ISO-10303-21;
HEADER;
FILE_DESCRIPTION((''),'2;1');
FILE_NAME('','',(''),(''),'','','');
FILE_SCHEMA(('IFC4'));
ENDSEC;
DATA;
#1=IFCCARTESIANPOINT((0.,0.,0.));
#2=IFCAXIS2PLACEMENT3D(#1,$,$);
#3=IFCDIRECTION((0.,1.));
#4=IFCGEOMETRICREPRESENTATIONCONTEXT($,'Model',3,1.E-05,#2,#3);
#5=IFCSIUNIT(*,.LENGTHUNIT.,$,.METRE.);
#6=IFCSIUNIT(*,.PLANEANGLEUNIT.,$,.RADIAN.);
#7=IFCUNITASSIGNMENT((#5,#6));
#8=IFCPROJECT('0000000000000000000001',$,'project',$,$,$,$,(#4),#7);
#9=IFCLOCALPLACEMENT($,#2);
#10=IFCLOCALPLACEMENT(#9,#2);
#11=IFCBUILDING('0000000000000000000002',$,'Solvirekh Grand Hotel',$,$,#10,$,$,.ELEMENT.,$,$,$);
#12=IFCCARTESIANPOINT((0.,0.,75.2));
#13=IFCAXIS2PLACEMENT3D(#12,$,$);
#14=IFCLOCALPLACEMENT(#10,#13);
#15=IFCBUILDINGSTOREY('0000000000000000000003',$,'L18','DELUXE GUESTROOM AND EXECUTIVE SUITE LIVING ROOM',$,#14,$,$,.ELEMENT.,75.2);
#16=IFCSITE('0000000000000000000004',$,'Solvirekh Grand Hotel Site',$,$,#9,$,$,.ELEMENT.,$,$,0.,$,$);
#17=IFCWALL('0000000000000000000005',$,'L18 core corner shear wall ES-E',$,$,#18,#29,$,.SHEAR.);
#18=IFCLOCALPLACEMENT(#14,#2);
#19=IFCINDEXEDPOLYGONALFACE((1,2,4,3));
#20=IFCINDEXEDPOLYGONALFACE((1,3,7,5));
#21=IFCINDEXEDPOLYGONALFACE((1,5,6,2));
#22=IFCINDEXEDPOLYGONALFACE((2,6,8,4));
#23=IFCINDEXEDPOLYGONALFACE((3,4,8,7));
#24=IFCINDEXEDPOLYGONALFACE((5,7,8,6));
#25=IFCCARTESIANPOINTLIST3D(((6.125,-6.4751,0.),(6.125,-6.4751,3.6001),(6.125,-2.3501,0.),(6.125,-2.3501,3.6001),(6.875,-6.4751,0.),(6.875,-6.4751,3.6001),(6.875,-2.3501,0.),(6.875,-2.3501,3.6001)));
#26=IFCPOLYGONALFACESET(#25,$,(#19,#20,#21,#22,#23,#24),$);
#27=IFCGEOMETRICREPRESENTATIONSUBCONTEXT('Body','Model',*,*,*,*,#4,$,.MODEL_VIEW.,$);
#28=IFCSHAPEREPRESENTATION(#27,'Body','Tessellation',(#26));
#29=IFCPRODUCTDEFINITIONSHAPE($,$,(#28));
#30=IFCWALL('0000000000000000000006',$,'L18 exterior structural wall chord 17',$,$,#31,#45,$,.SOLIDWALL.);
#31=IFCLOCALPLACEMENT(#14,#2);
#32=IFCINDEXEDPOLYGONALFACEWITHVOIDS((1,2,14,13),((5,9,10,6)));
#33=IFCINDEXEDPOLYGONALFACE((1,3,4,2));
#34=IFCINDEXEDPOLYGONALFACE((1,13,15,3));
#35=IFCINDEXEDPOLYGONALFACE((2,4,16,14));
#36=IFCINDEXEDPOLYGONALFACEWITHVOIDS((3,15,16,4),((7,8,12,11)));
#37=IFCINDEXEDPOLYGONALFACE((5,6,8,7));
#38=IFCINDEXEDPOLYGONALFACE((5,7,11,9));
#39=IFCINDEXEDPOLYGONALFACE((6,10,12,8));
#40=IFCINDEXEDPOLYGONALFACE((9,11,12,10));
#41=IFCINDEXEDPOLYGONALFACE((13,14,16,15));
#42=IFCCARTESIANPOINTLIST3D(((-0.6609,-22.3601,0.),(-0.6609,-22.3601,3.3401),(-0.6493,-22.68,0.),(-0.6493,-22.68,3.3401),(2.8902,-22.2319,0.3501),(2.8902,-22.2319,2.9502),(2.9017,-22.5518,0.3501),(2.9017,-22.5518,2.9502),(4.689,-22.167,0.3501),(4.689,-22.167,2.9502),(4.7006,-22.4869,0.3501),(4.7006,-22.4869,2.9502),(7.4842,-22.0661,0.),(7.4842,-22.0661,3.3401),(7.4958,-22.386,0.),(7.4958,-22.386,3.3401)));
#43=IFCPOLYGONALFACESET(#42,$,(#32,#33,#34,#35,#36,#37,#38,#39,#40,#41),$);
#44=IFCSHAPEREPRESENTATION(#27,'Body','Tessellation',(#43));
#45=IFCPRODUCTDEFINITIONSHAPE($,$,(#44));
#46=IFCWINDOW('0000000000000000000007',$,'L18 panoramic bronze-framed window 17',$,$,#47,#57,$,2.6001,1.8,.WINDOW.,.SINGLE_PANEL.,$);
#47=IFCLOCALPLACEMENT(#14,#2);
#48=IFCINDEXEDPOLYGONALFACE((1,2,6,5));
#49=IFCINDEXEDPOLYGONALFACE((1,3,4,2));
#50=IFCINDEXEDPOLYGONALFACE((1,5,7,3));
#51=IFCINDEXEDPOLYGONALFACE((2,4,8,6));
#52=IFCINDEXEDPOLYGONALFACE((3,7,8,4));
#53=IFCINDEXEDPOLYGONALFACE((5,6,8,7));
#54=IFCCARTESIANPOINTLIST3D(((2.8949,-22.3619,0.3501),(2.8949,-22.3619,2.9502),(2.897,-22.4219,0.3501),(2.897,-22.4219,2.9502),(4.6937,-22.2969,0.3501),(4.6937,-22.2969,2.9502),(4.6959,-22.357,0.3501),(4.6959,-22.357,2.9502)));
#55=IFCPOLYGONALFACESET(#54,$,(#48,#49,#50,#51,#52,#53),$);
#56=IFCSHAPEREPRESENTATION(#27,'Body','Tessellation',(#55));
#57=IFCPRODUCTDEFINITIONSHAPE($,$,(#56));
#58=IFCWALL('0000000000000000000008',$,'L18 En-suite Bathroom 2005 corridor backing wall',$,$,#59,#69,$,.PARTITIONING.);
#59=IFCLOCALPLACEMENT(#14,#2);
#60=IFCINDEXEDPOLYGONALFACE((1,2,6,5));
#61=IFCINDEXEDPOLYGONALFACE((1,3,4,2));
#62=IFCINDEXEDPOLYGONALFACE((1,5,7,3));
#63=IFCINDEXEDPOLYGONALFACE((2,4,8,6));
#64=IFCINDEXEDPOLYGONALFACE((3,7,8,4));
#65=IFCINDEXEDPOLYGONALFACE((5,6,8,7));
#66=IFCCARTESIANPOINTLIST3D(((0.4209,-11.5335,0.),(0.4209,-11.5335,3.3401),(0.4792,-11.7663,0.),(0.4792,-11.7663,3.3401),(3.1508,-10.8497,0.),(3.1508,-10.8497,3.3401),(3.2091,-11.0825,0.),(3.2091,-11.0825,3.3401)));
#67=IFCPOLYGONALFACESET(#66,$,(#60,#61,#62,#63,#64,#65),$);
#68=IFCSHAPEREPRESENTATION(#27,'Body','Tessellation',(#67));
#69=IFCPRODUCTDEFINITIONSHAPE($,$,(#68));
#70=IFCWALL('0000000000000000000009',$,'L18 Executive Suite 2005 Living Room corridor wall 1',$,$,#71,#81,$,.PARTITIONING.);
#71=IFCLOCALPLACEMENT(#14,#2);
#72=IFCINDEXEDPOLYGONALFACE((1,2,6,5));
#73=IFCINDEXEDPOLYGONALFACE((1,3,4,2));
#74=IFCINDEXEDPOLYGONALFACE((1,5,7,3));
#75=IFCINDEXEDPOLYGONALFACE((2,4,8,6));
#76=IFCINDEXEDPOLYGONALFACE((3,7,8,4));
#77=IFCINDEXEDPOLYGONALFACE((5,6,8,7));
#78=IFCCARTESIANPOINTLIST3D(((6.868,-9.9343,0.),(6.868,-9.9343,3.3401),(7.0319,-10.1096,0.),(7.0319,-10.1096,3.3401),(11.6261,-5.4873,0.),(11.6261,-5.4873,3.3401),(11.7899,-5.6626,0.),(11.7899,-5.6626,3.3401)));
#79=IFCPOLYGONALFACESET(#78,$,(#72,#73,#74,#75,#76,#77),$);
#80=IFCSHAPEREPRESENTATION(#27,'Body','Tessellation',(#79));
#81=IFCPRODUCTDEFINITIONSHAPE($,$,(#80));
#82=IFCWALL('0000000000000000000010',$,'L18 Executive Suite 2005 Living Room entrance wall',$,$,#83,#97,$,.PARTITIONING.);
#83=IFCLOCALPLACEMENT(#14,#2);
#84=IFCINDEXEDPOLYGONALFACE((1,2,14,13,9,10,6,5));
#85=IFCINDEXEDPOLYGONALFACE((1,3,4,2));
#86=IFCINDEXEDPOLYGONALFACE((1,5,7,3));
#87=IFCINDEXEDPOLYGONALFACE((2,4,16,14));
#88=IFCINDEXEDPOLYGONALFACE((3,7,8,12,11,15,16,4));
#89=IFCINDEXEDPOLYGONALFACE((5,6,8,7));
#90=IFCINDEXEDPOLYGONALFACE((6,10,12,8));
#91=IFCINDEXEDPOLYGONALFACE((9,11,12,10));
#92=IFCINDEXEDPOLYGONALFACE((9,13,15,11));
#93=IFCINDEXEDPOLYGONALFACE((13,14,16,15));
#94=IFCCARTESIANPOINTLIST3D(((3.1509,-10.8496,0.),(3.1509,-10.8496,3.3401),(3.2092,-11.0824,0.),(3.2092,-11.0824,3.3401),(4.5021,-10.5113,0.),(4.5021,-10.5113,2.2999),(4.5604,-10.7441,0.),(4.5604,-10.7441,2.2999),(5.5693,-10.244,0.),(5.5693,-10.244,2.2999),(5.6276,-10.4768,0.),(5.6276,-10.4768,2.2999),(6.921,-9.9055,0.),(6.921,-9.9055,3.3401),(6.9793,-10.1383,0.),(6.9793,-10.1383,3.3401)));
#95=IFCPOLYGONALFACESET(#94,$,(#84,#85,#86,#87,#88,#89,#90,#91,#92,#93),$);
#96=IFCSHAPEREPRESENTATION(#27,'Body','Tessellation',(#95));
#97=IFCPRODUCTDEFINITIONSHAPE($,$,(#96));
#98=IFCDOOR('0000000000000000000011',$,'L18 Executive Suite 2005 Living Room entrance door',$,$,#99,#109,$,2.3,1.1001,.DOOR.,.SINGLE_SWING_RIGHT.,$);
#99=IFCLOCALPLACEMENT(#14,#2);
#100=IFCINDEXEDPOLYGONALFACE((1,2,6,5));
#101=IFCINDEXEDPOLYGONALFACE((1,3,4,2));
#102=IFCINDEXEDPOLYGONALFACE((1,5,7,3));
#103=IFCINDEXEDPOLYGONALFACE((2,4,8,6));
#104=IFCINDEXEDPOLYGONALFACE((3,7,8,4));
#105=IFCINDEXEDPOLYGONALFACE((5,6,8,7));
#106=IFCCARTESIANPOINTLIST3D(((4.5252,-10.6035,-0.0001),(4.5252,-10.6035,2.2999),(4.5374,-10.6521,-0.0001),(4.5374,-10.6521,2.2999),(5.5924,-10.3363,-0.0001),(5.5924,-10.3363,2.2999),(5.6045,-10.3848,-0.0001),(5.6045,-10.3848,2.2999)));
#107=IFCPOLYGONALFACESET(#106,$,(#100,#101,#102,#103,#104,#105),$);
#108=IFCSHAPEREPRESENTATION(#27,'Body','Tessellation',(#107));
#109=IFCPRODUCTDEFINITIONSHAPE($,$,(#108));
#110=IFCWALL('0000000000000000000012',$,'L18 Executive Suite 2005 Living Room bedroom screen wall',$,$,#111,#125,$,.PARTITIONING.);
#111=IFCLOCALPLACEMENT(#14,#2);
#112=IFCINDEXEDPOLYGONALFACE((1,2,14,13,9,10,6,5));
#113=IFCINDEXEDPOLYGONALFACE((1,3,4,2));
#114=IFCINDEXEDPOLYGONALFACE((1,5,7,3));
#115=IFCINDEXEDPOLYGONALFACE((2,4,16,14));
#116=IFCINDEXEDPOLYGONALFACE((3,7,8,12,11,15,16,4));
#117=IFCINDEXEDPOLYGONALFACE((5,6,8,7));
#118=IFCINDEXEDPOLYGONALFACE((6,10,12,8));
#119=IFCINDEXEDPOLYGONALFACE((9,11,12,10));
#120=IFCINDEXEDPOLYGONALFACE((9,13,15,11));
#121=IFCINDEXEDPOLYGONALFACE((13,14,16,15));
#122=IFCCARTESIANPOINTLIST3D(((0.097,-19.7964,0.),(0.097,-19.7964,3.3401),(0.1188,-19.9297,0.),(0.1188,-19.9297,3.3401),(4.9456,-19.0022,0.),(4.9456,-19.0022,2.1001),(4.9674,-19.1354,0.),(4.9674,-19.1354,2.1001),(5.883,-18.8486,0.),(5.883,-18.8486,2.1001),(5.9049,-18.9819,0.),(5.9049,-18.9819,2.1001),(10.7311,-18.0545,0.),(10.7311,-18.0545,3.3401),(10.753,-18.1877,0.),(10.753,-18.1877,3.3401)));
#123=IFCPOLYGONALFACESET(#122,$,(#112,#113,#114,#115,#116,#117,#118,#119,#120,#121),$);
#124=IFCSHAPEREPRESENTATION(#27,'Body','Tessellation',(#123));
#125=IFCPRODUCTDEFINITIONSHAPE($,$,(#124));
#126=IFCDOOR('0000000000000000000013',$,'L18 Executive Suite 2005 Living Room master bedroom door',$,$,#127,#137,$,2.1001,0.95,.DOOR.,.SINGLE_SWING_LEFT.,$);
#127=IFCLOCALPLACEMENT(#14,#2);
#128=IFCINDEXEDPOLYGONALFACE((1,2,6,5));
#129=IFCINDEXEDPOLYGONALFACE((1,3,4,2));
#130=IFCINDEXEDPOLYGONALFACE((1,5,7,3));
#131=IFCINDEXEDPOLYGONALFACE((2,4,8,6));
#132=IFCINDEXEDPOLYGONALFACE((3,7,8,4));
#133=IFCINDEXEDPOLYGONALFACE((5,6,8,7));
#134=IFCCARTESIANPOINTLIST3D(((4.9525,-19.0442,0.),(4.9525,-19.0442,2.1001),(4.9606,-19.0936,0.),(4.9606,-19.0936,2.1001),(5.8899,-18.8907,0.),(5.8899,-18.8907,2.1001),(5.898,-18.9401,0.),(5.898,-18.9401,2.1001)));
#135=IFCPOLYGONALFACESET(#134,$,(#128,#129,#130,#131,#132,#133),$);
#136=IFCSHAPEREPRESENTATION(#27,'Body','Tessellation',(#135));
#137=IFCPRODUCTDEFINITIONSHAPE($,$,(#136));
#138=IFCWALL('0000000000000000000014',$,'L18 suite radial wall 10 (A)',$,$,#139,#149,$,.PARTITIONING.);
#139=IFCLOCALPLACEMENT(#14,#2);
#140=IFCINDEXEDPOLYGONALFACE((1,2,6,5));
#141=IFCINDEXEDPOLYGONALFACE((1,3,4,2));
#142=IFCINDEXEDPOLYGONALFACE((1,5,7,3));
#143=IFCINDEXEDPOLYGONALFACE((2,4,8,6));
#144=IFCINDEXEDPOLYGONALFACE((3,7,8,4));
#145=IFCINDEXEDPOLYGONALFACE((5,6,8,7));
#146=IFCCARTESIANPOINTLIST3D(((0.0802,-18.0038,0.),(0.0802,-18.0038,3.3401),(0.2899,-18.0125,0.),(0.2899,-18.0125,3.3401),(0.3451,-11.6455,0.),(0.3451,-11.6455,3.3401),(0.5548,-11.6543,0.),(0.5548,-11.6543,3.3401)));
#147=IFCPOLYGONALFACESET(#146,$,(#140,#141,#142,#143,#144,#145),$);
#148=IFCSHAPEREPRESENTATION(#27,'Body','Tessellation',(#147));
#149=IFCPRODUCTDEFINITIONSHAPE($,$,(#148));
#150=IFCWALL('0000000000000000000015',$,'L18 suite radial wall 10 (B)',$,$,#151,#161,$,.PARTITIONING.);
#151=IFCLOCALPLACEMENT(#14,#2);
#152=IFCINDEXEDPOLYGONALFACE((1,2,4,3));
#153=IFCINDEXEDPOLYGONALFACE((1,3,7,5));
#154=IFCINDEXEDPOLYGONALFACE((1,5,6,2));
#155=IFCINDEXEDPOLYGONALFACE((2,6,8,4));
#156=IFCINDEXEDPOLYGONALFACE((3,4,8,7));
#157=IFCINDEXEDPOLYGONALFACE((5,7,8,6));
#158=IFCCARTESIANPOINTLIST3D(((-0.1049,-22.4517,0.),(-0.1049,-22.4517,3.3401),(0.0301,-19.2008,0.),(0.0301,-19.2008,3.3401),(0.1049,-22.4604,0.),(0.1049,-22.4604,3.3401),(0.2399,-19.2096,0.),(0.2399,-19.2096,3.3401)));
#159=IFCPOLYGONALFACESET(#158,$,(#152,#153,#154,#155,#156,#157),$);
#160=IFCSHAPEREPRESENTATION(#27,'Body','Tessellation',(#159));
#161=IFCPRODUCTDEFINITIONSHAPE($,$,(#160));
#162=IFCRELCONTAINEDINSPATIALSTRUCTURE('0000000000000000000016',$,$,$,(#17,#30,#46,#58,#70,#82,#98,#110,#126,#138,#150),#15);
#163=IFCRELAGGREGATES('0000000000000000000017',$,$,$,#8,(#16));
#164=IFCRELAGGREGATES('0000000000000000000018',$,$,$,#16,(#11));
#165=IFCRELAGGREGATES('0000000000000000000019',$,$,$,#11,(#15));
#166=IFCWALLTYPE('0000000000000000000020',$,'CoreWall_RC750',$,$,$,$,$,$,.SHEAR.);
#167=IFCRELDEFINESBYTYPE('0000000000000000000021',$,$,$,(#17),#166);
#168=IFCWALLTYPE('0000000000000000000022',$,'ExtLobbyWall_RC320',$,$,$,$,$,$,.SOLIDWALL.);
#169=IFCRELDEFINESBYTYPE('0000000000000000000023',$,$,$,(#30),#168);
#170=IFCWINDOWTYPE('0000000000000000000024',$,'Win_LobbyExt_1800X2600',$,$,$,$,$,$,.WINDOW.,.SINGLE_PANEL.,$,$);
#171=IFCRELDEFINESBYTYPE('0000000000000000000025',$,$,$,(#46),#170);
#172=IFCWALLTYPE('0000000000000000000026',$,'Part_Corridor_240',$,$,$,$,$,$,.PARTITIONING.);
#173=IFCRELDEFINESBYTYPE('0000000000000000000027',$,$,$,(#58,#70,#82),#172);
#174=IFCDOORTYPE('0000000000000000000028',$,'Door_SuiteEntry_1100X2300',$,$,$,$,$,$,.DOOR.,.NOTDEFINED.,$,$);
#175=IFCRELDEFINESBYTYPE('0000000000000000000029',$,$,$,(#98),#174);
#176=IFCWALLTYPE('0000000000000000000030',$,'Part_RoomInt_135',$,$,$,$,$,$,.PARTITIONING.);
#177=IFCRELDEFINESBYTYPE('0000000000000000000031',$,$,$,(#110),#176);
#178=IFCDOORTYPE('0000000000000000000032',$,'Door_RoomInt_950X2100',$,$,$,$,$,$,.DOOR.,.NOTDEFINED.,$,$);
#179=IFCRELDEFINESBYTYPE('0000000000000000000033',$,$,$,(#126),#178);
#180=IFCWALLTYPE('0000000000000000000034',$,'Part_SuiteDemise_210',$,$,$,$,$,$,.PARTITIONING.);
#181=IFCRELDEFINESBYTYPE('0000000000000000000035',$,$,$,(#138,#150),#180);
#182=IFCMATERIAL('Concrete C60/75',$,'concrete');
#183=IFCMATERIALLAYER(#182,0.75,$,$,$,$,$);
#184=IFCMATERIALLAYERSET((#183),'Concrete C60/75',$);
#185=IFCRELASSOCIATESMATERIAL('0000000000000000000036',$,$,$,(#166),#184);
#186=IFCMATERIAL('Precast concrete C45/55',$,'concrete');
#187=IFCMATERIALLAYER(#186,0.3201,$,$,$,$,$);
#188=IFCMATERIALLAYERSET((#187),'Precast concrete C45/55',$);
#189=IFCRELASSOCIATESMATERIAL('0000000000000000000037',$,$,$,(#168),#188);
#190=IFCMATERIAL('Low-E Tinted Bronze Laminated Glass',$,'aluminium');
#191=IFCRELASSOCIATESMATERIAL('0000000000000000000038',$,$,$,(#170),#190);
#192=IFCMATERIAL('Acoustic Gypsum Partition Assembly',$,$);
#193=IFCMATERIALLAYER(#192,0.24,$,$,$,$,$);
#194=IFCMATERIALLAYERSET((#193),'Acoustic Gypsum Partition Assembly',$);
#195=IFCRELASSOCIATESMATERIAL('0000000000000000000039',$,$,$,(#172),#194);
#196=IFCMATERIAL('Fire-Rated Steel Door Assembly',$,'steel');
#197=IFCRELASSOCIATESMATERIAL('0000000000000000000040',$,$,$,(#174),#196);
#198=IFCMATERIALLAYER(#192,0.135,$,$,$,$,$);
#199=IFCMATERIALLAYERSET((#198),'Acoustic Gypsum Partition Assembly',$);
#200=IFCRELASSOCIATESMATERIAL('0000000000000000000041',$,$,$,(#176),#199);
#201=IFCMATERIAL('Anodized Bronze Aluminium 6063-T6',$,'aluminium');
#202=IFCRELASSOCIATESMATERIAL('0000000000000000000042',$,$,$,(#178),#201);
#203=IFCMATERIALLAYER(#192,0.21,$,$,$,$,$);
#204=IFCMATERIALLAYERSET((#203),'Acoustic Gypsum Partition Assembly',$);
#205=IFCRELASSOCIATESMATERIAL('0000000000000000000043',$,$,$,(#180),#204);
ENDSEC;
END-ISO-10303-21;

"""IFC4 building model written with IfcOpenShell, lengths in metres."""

from ifc_helpers import new_model, si_unit, direction, frame, frame_2d, origin, place, context, subcontext, project, spatial, rectangle, extrude, material, layer, layer_set, type_object, element, fill, save


model = new_model("IFC4")

# Units and contexts
model_context = context("Model", 3, precision=1e-05, world=origin(), true_north=direction((0.0, 1.0)))
body_context = subcontext(model_context, "Body", "Model", "MODEL_VIEW")
ifc_project = project(units=[si_unit("LENGTHUNIT", "METRE"), si_unit("PLANEANGLEUNIT", "RADIAN")], contexts=[model_context])

# Site, building, storey
site_placement = place(None, origin())
site = spatial("IfcSite", under=ifc_project, at=site_placement, Name="Solvirekh Grand Hotel Site", CompositionType="ELEMENT", RefElevation=0.0)
building_placement = place(site_placement, origin())
building = spatial("IfcBuilding", under=site, at=building_placement, Name="Solvirekh Grand Hotel", CompositionType="ELEMENT")
storey_placement = place(building_placement, frame((0.0, 0.0, 75.2)))
storey = spatial("IfcBuildingStorey", under=building, at=storey_placement, Name="L18", Description="DELUXE GUESTROOM AND EXECUTIVE SUITE LIVING ROOM", CompositionType="ELEMENT", Elevation=75.2)

# Shared definitions
ifc_material_1 = material(Name="Concrete C60/75", Category="concrete")

# Wall
ifc_layer_1 = layer(ifc_material_1, 0.75)
ifc_layer_set_1 = layer_set([ifc_layer_1], Name="Concrete C60/75")
wall_type_1 = type_object("IfcWallType", Name="CoreWall_RC750", PredefinedType="SHEAR", material=ifc_layer_set_1)
wall_1_placement = place(storey_placement, frame((6.5, -6.4751, 0.0), z_axis=(0.0, 0.0, 1.0), x_axis=(0.0, 1.0, 0.0)))
element("IfcWall", 1, at=wall_1_placement, inside=storey, type_object=wall_type_1, Name="L18 core corner shear wall ES-E", PredefinedType="SHEAR", context=body_context, shape_type="SweptSolid", body=[
    extrude(rectangle(XDim=4.125, YDim=0.75, at=frame_2d((2.0625, 0.0))), origin(), (0.0, 0.0, 1.0), 3.6001),
])

# Wall, opening, window
ifc_material_2 = material(Name="Precast concrete C45/55", Category="concrete")
ifc_layer_2 = layer(ifc_material_2, 0.3201)
ifc_layer_set_2 = layer_set([ifc_layer_2], Name="Precast concrete C45/55")
wall_type_2 = type_object("IfcWallType", Name="ExtLobbyWall_RC320", PredefinedType="SOLIDWALL", material=ifc_layer_set_2)
wall_2_placement = place(storey_placement, frame((7.49, -22.2261, 0.0), z_axis=(0.0, 0.0, 1.0), x_axis=(-0.999349, -0.036065, 0.0)))
wall_2 = element("IfcWall", 2, at=wall_2_placement, inside=storey, type_object=wall_type_2, Name="L18 exterior structural wall chord 17", PredefinedType="SOLIDWALL", context=body_context, shape_type="SweptSolid", body=[
    extrude(rectangle(XDim=8.1504, YDim=0.3201, at=frame_2d((4.0752, 0.0))), origin(), (0.0, 0.0, 1.0), 3.3401),
])
opening_1_placement = place(wall_2_placement, frame((2.7971, 0.0, 0.3501)))
opening_1 = element("IfcOpeningElement", 3, at=opening_1_placement, cuts=wall_2, PredefinedType="OPENING", context=body_context, shape_type="SweptSolid", body=[
    extrude(rectangle(XDim=1.8, YDim=2.6001, at=frame_2d((0.8999, 1.3))), frame((0.0, 0.1699, 0.0), z_axis=(0.0, -1.0, 0.0), x_axis=(1.0, 0.0, 0.0)), (0.0, 0.0, 1.0), 0.3401),
])
ifc_material_3 = material(Name="Low-E Tinted Bronze Laminated Glass", Category="aluminium")
window_type = type_object("IfcWindowType", Name="Win_LobbyExt_1800X2600", PartitioningType="SINGLE_PANEL", PredefinedType="WINDOW", material=ifc_material_3)
window_placement = place(opening_1_placement, origin())
window = element("IfcWindow", 4, at=window_placement, inside=storey, type_object=window_type, Name="L18 panoramic bronze-framed window 17", OverallHeight=2.6001, OverallWidth=1.8, PartitioningType="SINGLE_PANEL", PredefinedType="WINDOW", context=body_context, shape_type="SweptSolid", body=[
    extrude(rectangle(XDim=1.8, YDim=2.6001, at=frame_2d((0.8999, 1.3))), frame((0.0, 0.03, 0.0), z_axis=(0.0, -1.0, 0.0), x_axis=(1.0, 0.0, 0.0)), (0.0, 0.0, 1.0), 0.0601),
])
fill(opening_1, window)

# Walls
ifc_material_4 = material(Name="Acoustic Gypsum Partition Assembly")
ifc_layer_3 = layer(ifc_material_4, 0.24)
ifc_layer_set_3 = layer_set([ifc_layer_3], Name="Acoustic Gypsum Partition Assembly")
wall_type_3 = type_object("IfcWallType", Name="Part_Corridor_240", PredefinedType="PARTITIONING", material=ifc_layer_set_3)
wall_3_placement = place(storey_placement, frame((0.45, -11.6499, 0.0), z_axis=(0.0, 0.0, 1.0), x_axis=(0.97003, 0.242985, 0.0)))
element("IfcWall", 5, at=wall_3_placement, inside=storey, type_object=wall_type_3, Name="L18 En-suite Bathroom 2005 corridor backing wall", PredefinedType="PARTITIONING", context=body_context, shape_type="SweptSolid", body=[
    extrude(rectangle(XDim=2.8142, YDim=0.24, at=frame_2d((1.4072, 0.0))), origin(), (0.0, 0.0, 1.0), 3.3401),
])
wall_4_placement = place(storey_placement, frame((6.95, -10.022, 0.0), z_axis=(0.0, 0.0, 1.0), x_axis=(0.730583, 0.682824, 0.0)))
element("IfcWall", 6, at=wall_4_placement, inside=storey, type_object=wall_type_3, Name="L18 Executive Suite 2005 Living Room corridor wall 1", PredefinedType="PARTITIONING", context=body_context, shape_type="SweptSolid", body=[
    extrude(rectangle(XDim=6.5127, YDim=0.24, at=frame_2d((3.2563, 0.0))), origin(), (0.0, 0.0, 1.0), 3.3401),
])

# Walls, openings, doors
wall_5_placement = place(storey_placement, frame((3.1799, -10.9661, 0.0), z_axis=(0.0, 0.0, 1.0), x_axis=(0.970046, 0.24292, 0.0)))
wall_5 = element("IfcWall", 7, at=wall_5_placement, inside=storey, type_object=wall_type_3, Name="L18 Executive Suite 2005 Living Room entrance wall", PredefinedType="PARTITIONING", context=body_context, shape_type="SweptSolid", body=[
    extrude(rectangle(XDim=3.8865, YDim=0.24, at=frame_2d((1.9434, 0.0))), origin(), (0.0, 0.0, 1.0), 3.3401),
])
opening_2_placement = place(wall_5_placement, frame((1.3931, 0.0, 0.0)))
opening_2 = element("IfcOpeningElement", 8, at=opening_2_placement, cuts=wall_5, PredefinedType="OPENING", context=body_context, shape_type="SweptSolid", body=[
    extrude(rectangle(XDim=1.1001, YDim=2.3, at=frame_2d((0.55, 1.1499))), frame((0.0, 0.1299, 0.0), z_axis=(0.0, -1.0, 0.0), x_axis=(1.0, 0.0, 0.0)), (0.0, 0.0, 1.0), 0.26),
])
ifc_material_5 = material(Name="Fire-Rated Steel Door Assembly", Category="steel")
door_type_1 = type_object("IfcDoorType", Name="Door_SuiteEntry_1100X2300", OperationType="NOTDEFINED", PredefinedType="DOOR", material=ifc_material_5)
door_1_placement = place(opening_2_placement, origin())
door_1 = element("IfcDoor", 9, at=door_1_placement, inside=storey, type_object=door_type_1, Name="L18 Executive Suite 2005 Living Room entrance door", OperationType="SINGLE_SWING_RIGHT", OverallHeight=2.3, OverallWidth=1.1001, PredefinedType="DOOR", context=body_context, shape_type="SweptSolid", body=[
    extrude(rectangle(XDim=1.1001, YDim=2.3, at=frame_2d((0.55, 1.1499))), frame((0.0, 0.0249, 0.0), z_axis=(0.0, -1.0, 0.0), x_axis=(1.0, 0.0, 0.0)), (0.0, 0.0, 1.0), 0.05),
])
fill(opening_2, door_1)
ifc_layer_4 = layer(ifc_material_4, 0.135)
ifc_layer_set_4 = layer_set([ifc_layer_4], Name="Acoustic Gypsum Partition Assembly")
wall_type_4 = type_object("IfcWallType", Name="Part_RoomInt_135", PredefinedType="PARTITIONING", material=ifc_layer_set_4)
wall_6_placement = place(storey_placement, frame((0.1079, -19.863, 0.0), z_axis=(0.0, 0.0, 1.0), x_axis=(0.986848, 0.161654, 0.0)))
wall_6 = element("IfcWall", 10, at=wall_6_placement, inside=storey, type_object=wall_type_4, Name="L18 Executive Suite 2005 Living Room bedroom screen wall", PredefinedType="PARTITIONING", context=body_context, shape_type="SweptSolid", body=[
    extrude(rectangle(XDim=10.7759, YDim=0.135, at=frame_2d((5.3879, 0.0))), origin(), (0.0, 0.0, 1.0), 3.3401),
])
opening_3_placement = place(wall_6_placement, frame((4.9131, 0.0, 0.0)))
opening_3 = element("IfcOpeningElement", 11, at=opening_3_placement, cuts=wall_6, PredefinedType="OPENING", context=body_context, shape_type="SweptSolid", body=[
    extrude(rectangle(XDim=0.95, YDim=2.1001, at=frame_2d((0.4751, 1.05))), frame((0.0, 0.0776, 0.0), z_axis=(0.0, -1.0, 0.0), x_axis=(1.0, 0.0, 0.0)), (0.0, 0.0, 1.0), 0.155),
])
ifc_material_6 = material(Name="Anodized Bronze Aluminium 6063-T6", Category="aluminium")
door_type_2 = type_object("IfcDoorType", Name="Door_RoomInt_950X2100", OperationType="NOTDEFINED", PredefinedType="DOOR", material=ifc_material_6)
door_2_placement = place(opening_3_placement, origin())
door_2 = element("IfcDoor", 12, at=door_2_placement, inside=storey, type_object=door_type_2, Name="L18 Executive Suite 2005 Living Room master bedroom door", OperationType="SINGLE_SWING_LEFT", OverallHeight=2.1001, OverallWidth=0.95, PredefinedType="DOOR", context=body_context, shape_type="SweptSolid", body=[
    extrude(rectangle(XDim=0.95, YDim=2.1001, at=frame_2d((0.4751, 1.05))), frame((0.0, 0.0249, 0.0), z_axis=(0.0, -1.0, 0.0), x_axis=(1.0, 0.0, 0.0)), (0.0, 0.0, 1.0), 0.05),
])
fill(opening_3, door_2)

# Walls
ifc_layer_5 = layer(ifc_material_4, 0.21)
ifc_layer_set_5 = layer_set([ifc_layer_5], Name="Acoustic Gypsum Partition Assembly")
wall_type_5 = type_object("IfcWallType", Name="Part_SuiteDemise_210", PredefinedType="PARTITIONING", material=ifc_layer_set_5)
wall_7_placement = place(storey_placement, frame((0.45, -11.6499, 0.0), z_axis=(0.0, 0.0, 1.0), x_axis=(-0.041626, -0.999133, 0.0)))
element("IfcWall", 13, at=wall_7_placement, inside=storey, type_object=wall_type_5, Name="L18 suite radial wall 10 (A)", PredefinedType="PARTITIONING", context=body_context, shape_type="SweptSolid", body=[
    extrude(rectangle(XDim=6.3638, YDim=0.21, at=frame_2d((3.1819, 0.0))), origin(), (0.0, 0.0, 1.0), 3.3401),
])
wall_8_placement = place(storey_placement, frame((0.135, -19.2051, 0.0), z_axis=(0.0, 0.0, 1.0), x_axis=(-0.041493, -0.999139, 0.0)))
element("IfcWall", 14, at=wall_8_placement, inside=storey, type_object=wall_type_5, Name="L18 suite radial wall 10 (B)", PredefinedType="PARTITIONING", context=body_context, shape_type="SweptSolid", body=[
    extrude(rectangle(XDim=3.2537, YDim=0.21, at=frame_2d((1.627, 0.0))), origin(), (0.0, 0.0, 1.0), 3.3401),
])

save(model, "model.ifc")
